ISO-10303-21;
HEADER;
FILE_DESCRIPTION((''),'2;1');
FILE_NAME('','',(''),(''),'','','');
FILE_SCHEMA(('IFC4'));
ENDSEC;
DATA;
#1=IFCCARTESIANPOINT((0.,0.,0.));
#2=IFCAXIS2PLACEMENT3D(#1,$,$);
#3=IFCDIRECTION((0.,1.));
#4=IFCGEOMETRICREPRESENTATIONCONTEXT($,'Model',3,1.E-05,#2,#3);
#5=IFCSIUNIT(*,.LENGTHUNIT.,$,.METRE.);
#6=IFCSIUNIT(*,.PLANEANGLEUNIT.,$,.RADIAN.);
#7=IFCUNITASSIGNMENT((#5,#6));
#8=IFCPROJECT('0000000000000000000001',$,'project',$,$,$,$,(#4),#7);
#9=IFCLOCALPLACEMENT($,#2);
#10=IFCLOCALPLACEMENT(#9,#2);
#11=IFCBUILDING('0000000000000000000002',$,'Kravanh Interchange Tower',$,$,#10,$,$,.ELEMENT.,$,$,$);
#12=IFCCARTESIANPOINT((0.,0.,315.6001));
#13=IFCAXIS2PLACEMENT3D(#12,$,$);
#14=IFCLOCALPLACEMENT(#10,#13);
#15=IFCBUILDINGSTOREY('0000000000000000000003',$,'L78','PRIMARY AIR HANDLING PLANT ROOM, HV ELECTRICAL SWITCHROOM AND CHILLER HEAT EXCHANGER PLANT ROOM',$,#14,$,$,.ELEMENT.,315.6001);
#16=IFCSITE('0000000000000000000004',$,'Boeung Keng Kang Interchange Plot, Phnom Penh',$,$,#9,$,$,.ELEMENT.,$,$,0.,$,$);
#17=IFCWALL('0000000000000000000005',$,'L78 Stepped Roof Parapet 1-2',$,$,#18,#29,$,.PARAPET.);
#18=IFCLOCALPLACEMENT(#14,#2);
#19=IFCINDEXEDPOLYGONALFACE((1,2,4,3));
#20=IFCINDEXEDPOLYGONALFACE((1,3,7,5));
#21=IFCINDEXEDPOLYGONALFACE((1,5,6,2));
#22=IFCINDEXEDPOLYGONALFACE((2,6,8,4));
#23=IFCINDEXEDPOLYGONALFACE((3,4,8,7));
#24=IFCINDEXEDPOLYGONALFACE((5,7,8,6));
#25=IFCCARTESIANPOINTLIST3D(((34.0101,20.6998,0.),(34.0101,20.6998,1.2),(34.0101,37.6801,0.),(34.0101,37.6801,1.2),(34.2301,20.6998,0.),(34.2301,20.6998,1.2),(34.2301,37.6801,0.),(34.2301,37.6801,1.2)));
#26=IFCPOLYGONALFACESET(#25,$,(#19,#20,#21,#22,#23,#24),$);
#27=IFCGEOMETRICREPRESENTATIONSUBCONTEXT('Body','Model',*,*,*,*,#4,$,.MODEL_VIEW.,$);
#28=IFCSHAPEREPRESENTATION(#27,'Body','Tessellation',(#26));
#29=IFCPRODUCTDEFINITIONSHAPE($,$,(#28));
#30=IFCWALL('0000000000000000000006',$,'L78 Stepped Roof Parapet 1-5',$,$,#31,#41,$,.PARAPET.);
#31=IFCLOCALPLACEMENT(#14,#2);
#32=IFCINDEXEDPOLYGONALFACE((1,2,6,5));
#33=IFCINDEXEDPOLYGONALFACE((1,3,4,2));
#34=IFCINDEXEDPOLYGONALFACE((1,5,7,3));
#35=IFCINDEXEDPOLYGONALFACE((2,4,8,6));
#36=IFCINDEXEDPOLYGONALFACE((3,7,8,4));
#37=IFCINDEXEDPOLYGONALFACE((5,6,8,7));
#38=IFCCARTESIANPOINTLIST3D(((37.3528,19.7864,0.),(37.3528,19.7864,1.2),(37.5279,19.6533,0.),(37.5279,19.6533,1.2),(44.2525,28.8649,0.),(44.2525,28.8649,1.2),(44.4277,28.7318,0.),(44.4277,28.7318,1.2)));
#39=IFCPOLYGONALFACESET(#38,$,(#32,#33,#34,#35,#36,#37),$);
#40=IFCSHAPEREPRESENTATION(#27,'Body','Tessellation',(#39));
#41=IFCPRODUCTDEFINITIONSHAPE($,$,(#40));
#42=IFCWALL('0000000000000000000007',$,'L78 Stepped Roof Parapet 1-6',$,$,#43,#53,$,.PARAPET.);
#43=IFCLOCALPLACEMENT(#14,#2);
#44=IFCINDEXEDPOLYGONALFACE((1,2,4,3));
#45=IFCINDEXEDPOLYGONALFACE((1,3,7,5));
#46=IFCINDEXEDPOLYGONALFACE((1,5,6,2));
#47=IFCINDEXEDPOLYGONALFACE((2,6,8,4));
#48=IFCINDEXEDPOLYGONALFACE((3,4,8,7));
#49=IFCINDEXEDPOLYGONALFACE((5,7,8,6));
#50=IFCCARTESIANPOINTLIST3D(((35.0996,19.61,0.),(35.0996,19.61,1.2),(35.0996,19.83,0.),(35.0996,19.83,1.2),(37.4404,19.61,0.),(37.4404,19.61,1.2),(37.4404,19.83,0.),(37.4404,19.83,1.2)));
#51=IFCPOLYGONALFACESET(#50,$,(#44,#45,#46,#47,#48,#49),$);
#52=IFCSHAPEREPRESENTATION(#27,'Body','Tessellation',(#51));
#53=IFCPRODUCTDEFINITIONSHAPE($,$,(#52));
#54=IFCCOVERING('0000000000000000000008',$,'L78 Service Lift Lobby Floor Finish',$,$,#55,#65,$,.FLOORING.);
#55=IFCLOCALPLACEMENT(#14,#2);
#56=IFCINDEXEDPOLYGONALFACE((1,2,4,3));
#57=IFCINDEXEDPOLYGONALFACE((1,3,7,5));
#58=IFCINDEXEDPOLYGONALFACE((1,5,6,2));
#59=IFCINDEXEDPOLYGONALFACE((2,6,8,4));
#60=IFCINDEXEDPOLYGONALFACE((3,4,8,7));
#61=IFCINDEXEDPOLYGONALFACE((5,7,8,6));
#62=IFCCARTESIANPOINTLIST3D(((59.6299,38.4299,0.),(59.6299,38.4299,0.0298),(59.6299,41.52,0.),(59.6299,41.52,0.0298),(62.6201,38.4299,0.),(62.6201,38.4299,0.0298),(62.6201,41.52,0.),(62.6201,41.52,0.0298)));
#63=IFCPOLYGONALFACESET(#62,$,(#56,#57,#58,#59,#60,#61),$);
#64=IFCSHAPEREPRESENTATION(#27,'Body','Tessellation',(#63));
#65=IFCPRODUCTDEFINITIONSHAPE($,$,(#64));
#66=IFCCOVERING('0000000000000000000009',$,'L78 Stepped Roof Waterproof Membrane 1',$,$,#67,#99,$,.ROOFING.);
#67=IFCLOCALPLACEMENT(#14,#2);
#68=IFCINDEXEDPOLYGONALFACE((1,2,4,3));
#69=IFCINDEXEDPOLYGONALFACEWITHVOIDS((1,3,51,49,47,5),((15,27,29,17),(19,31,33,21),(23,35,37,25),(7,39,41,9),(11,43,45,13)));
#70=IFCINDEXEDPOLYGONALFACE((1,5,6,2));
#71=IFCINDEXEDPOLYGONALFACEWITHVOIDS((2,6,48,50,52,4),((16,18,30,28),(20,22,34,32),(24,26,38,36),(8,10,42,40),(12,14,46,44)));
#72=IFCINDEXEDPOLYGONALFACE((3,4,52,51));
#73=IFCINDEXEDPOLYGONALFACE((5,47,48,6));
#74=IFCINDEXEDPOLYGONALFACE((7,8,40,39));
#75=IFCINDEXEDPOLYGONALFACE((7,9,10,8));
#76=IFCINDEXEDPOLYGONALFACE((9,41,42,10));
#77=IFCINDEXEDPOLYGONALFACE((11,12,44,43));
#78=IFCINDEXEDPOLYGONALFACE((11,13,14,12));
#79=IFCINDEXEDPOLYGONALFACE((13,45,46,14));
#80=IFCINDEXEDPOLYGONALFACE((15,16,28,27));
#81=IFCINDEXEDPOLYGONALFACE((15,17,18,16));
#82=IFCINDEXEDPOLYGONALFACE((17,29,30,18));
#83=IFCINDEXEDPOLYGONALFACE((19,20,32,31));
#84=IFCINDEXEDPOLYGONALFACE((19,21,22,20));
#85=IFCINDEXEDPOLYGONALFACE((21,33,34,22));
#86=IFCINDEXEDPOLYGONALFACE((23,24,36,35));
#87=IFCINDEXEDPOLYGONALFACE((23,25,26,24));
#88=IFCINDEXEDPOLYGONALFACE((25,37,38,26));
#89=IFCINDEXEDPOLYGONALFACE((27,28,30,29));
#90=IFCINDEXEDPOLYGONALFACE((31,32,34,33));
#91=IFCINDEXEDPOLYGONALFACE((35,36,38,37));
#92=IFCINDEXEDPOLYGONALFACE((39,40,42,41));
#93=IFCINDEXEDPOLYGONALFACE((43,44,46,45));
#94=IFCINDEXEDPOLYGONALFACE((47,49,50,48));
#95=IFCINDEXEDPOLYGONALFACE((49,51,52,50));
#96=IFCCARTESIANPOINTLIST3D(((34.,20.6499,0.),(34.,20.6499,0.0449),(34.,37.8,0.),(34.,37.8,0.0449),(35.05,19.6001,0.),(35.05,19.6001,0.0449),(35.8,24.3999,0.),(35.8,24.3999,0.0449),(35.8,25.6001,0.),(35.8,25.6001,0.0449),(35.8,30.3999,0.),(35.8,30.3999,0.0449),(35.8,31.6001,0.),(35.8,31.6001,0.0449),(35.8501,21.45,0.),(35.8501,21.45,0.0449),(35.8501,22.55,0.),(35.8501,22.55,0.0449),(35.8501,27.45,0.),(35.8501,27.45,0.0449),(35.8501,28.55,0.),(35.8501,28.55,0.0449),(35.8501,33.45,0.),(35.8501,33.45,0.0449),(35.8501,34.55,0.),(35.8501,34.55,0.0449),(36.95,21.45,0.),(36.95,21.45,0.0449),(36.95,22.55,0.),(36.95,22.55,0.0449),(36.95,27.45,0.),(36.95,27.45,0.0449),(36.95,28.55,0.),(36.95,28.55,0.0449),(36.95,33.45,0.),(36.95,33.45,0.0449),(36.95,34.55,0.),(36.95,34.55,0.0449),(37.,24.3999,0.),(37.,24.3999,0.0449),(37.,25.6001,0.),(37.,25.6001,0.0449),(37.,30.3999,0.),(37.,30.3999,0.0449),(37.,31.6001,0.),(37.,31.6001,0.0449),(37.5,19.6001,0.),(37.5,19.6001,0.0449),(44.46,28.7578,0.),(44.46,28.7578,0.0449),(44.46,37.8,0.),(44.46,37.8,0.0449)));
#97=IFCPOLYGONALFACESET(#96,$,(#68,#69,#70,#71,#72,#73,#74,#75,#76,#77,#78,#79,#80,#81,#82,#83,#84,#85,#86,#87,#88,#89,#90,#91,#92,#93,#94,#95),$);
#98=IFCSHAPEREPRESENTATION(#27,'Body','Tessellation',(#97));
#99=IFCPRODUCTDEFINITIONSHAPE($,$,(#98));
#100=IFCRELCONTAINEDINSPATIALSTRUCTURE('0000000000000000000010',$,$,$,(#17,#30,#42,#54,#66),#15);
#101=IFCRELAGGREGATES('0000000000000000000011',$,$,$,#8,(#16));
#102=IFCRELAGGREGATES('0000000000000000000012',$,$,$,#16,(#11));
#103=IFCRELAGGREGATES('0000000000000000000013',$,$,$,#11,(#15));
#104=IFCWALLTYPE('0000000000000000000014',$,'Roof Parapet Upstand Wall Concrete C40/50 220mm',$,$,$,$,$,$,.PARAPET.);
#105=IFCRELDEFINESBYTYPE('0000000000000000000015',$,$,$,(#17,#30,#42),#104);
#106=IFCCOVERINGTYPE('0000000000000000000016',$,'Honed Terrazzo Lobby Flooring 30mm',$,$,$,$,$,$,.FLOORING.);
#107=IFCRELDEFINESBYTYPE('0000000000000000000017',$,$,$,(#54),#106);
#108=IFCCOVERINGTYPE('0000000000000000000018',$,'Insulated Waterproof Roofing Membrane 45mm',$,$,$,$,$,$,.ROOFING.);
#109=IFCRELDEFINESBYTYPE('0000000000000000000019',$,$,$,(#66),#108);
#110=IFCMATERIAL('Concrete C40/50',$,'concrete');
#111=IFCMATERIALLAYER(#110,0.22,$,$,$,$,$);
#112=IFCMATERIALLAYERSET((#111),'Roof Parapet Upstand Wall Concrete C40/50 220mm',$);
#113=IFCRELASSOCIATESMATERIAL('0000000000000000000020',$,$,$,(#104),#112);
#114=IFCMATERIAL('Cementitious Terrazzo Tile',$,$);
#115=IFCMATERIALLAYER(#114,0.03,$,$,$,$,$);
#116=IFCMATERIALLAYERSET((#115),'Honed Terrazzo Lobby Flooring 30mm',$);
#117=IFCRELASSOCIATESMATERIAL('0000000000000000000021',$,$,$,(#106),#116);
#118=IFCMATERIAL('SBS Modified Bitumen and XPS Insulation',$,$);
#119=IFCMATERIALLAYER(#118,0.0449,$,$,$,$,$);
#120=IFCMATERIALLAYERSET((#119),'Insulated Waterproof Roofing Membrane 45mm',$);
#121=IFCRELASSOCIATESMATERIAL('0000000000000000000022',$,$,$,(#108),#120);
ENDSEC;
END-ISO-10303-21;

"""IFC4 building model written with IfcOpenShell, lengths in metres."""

from ifc_helpers import new_model, si_unit, direction, frame, frame_2d, origin, place, context, subcontext, project, spatial, polyline, rectangle, outline, extrude, material, layer, layer_set, type_object, element, save


model = new_model("IFC4")

# Units and contexts
model_context = context("Model", 3, precision=1e-05, world=origin(), true_north=direction((0.0, 1.0)))
body_context = subcontext(model_context, "Body", "Model", "MODEL_VIEW")
ifc_project = project(units=[si_unit("LENGTHUNIT", "METRE"), si_unit("PLANEANGLEUNIT", "RADIAN")], contexts=[model_context])

# Site, building, storey
site_placement = place(None, origin())
site = spatial("IfcSite", under=ifc_project, at=site_placement, Name="Boeung Keng Kang Interchange Plot, Phnom Penh", CompositionType="ELEMENT", RefElevation=0.0)
building_placement = place(site_placement, origin())
building = spatial("IfcBuilding", under=site, at=building_placement, Name="Kravanh Interchange Tower", CompositionType="ELEMENT")
storey_placement = place(building_placement, frame((0.0, 0.0, 315.6001)))
storey = spatial("IfcBuildingStorey", under=building, at=storey_placement, Name="L78", Description="PRIMARY AIR HANDLING PLANT ROOM, HV ELECTRICAL SWITCHROOM AND CHILLER HEAT EXCHANGER PLANT ROOM", CompositionType="ELEMENT", Elevation=315.6001)

# Walls
ifc_material_1 = material(Name="Concrete C40/50", Category="concrete")
ifc_layer_1 = layer(ifc_material_1, 0.22)
ifc_layer_set_1 = layer_set([ifc_layer_1], Name="Roof Parapet Upstand Wall Concrete C40/50 220mm")
wall_type_1 = type_object("IfcWallType", Name="Roof Parapet Upstand Wall Concrete C40/50 220mm", PredefinedType="PARAPET", material=ifc_layer_set_1)
wall_1_placement = place(storey_placement, frame((34.1201, 20.6997, 0.0), z_axis=(0.0, 0.0, 1.0), x_axis=(0.0, 1.0, 0.0)))
element("IfcWall", 1, at=wall_1_placement, inside=storey, type_object=wall_type_1, Name="L78 Stepped Roof Parapet 1-2", PredefinedType="PARAPET", context=body_context, shape_type="SweptSolid", body=[
    extrude(rectangle(XDim=16.9802, YDim=0.22, at=frame_2d((8.4902, 0.0))), origin(), (0.0, 0.0, 1.0), 1.2),
])
wall_2_placement = place(storey_placement, frame((44.3401, 28.7983, 0.0), z_axis=(0.0, 0.0, 1.0), x_axis=(-0.605089, -0.796158, 0.0)))
element("IfcWall", 2, at=wall_2_placement, inside=storey, type_object=wall_type_1, Name="L78 Stepped Roof Parapet 1-5", PredefinedType="PARAPET", context=body_context, shape_type="SweptSolid", body=[
    extrude(rectangle(XDim=11.4028, YDim=0.22, at=frame_2d((5.7014, 0.0))), origin(), (0.0, 0.0, 1.0), 1.2),
])
wall_3_placement = place(storey_placement, frame((37.4404, 19.72, 0.0), z_axis=(0.0, 0.0, 1.0), x_axis=(-1.0, 0.0, 0.0)))
element("IfcWall", 3, at=wall_3_placement, inside=storey, type_object=wall_type_1, Name="L78 Stepped Roof Parapet 1-6", PredefinedType="PARAPET", context=body_context, shape_type="SweptSolid", body=[
    extrude(rectangle(XDim=2.3408, YDim=0.22, at=frame_2d((1.1704, 0.0))), origin(), (0.0, 0.0, 1.0), 1.2),
])

# Coverings
ifc_material_2 = material(Name="Cementitious Terrazzo Tile")
ifc_layer_2 = layer(ifc_material_2, 0.03)
ifc_layer_set_2 = layer_set([ifc_layer_2], Name="Honed Terrazzo Lobby Flooring 30mm")
covering_type_1 = type_object("IfcCoveringType", Name="Honed Terrazzo Lobby Flooring 30mm", PredefinedType="FLOORING", material=ifc_layer_set_2)
covering_1_placement = place(storey_placement, origin())
element("IfcCovering", 4, at=covering_1_placement, inside=storey, type_object=covering_type_1, Name="L78 Service Lift Lobby Floor Finish", PredefinedType="FLOORING", context=body_context, shape_type="SweptSolid", body=[
    extrude(outline(polyline([(59.6299, 41.52), (62.6201, 41.52), (62.6201, 38.4299), (59.6299, 38.4299), (59.6299, 41.52)])), origin(), (0.0, 0.0, 1.0), 0.0298),
])
ifc_material_3 = material(Name="SBS Modified Bitumen and XPS Insulation")
ifc_layer_3 = layer(ifc_material_3, 0.0449)
ifc_layer_set_3 = layer_set([ifc_layer_3], Name="Insulated Waterproof Roofing Membrane 45mm")
covering_type_2 = type_object("IfcCoveringType", Name="Insulated Waterproof Roofing Membrane 45mm", PredefinedType="ROOFING", material=ifc_layer_set_3)
covering_2_placement = place(storey_placement, origin())
element("IfcCovering", 5, at=covering_2_placement, inside=storey, type_object=covering_type_2, Name="L78 Stepped Roof Waterproof Membrane 1", PredefinedType="ROOFING", context=body_context, shape_type="SweptSolid", body=[
    extrude(outline(polyline([(35.05, 19.6001), (34.0, 20.6499), (34.0, 37.8), (44.46, 37.8), (44.46, 28.7578), (37.5, 19.6001), (35.05, 19.6001)]), holes=[polyline([(35.8501, 21.45), (36.95, 21.45), (36.95, 22.55), (35.8501, 22.55), (35.8501, 21.45)]), polyline([(35.8, 24.3999), (37.0, 24.3999), (37.0, 25.6001), (35.8, 25.6001), (35.8, 24.3999)]), polyline([(35.8501, 27.45), (36.95, 27.45), (36.95, 28.55), (35.8501, 28.55), (35.8501, 27.45)]), polyline([(35.8, 30.3999), (37.0, 30.3999), (37.0, 31.6001), (35.8, 31.6001), (35.8, 30.3999)]), polyline([(35.8501, 33.45), (36.95, 33.45), (36.95, 34.55), (35.8501, 34.55), (35.8501, 33.45)])]), origin(), (0.0, 0.0, 1.0), 0.0449),
])

save(model, "model.ifc")
